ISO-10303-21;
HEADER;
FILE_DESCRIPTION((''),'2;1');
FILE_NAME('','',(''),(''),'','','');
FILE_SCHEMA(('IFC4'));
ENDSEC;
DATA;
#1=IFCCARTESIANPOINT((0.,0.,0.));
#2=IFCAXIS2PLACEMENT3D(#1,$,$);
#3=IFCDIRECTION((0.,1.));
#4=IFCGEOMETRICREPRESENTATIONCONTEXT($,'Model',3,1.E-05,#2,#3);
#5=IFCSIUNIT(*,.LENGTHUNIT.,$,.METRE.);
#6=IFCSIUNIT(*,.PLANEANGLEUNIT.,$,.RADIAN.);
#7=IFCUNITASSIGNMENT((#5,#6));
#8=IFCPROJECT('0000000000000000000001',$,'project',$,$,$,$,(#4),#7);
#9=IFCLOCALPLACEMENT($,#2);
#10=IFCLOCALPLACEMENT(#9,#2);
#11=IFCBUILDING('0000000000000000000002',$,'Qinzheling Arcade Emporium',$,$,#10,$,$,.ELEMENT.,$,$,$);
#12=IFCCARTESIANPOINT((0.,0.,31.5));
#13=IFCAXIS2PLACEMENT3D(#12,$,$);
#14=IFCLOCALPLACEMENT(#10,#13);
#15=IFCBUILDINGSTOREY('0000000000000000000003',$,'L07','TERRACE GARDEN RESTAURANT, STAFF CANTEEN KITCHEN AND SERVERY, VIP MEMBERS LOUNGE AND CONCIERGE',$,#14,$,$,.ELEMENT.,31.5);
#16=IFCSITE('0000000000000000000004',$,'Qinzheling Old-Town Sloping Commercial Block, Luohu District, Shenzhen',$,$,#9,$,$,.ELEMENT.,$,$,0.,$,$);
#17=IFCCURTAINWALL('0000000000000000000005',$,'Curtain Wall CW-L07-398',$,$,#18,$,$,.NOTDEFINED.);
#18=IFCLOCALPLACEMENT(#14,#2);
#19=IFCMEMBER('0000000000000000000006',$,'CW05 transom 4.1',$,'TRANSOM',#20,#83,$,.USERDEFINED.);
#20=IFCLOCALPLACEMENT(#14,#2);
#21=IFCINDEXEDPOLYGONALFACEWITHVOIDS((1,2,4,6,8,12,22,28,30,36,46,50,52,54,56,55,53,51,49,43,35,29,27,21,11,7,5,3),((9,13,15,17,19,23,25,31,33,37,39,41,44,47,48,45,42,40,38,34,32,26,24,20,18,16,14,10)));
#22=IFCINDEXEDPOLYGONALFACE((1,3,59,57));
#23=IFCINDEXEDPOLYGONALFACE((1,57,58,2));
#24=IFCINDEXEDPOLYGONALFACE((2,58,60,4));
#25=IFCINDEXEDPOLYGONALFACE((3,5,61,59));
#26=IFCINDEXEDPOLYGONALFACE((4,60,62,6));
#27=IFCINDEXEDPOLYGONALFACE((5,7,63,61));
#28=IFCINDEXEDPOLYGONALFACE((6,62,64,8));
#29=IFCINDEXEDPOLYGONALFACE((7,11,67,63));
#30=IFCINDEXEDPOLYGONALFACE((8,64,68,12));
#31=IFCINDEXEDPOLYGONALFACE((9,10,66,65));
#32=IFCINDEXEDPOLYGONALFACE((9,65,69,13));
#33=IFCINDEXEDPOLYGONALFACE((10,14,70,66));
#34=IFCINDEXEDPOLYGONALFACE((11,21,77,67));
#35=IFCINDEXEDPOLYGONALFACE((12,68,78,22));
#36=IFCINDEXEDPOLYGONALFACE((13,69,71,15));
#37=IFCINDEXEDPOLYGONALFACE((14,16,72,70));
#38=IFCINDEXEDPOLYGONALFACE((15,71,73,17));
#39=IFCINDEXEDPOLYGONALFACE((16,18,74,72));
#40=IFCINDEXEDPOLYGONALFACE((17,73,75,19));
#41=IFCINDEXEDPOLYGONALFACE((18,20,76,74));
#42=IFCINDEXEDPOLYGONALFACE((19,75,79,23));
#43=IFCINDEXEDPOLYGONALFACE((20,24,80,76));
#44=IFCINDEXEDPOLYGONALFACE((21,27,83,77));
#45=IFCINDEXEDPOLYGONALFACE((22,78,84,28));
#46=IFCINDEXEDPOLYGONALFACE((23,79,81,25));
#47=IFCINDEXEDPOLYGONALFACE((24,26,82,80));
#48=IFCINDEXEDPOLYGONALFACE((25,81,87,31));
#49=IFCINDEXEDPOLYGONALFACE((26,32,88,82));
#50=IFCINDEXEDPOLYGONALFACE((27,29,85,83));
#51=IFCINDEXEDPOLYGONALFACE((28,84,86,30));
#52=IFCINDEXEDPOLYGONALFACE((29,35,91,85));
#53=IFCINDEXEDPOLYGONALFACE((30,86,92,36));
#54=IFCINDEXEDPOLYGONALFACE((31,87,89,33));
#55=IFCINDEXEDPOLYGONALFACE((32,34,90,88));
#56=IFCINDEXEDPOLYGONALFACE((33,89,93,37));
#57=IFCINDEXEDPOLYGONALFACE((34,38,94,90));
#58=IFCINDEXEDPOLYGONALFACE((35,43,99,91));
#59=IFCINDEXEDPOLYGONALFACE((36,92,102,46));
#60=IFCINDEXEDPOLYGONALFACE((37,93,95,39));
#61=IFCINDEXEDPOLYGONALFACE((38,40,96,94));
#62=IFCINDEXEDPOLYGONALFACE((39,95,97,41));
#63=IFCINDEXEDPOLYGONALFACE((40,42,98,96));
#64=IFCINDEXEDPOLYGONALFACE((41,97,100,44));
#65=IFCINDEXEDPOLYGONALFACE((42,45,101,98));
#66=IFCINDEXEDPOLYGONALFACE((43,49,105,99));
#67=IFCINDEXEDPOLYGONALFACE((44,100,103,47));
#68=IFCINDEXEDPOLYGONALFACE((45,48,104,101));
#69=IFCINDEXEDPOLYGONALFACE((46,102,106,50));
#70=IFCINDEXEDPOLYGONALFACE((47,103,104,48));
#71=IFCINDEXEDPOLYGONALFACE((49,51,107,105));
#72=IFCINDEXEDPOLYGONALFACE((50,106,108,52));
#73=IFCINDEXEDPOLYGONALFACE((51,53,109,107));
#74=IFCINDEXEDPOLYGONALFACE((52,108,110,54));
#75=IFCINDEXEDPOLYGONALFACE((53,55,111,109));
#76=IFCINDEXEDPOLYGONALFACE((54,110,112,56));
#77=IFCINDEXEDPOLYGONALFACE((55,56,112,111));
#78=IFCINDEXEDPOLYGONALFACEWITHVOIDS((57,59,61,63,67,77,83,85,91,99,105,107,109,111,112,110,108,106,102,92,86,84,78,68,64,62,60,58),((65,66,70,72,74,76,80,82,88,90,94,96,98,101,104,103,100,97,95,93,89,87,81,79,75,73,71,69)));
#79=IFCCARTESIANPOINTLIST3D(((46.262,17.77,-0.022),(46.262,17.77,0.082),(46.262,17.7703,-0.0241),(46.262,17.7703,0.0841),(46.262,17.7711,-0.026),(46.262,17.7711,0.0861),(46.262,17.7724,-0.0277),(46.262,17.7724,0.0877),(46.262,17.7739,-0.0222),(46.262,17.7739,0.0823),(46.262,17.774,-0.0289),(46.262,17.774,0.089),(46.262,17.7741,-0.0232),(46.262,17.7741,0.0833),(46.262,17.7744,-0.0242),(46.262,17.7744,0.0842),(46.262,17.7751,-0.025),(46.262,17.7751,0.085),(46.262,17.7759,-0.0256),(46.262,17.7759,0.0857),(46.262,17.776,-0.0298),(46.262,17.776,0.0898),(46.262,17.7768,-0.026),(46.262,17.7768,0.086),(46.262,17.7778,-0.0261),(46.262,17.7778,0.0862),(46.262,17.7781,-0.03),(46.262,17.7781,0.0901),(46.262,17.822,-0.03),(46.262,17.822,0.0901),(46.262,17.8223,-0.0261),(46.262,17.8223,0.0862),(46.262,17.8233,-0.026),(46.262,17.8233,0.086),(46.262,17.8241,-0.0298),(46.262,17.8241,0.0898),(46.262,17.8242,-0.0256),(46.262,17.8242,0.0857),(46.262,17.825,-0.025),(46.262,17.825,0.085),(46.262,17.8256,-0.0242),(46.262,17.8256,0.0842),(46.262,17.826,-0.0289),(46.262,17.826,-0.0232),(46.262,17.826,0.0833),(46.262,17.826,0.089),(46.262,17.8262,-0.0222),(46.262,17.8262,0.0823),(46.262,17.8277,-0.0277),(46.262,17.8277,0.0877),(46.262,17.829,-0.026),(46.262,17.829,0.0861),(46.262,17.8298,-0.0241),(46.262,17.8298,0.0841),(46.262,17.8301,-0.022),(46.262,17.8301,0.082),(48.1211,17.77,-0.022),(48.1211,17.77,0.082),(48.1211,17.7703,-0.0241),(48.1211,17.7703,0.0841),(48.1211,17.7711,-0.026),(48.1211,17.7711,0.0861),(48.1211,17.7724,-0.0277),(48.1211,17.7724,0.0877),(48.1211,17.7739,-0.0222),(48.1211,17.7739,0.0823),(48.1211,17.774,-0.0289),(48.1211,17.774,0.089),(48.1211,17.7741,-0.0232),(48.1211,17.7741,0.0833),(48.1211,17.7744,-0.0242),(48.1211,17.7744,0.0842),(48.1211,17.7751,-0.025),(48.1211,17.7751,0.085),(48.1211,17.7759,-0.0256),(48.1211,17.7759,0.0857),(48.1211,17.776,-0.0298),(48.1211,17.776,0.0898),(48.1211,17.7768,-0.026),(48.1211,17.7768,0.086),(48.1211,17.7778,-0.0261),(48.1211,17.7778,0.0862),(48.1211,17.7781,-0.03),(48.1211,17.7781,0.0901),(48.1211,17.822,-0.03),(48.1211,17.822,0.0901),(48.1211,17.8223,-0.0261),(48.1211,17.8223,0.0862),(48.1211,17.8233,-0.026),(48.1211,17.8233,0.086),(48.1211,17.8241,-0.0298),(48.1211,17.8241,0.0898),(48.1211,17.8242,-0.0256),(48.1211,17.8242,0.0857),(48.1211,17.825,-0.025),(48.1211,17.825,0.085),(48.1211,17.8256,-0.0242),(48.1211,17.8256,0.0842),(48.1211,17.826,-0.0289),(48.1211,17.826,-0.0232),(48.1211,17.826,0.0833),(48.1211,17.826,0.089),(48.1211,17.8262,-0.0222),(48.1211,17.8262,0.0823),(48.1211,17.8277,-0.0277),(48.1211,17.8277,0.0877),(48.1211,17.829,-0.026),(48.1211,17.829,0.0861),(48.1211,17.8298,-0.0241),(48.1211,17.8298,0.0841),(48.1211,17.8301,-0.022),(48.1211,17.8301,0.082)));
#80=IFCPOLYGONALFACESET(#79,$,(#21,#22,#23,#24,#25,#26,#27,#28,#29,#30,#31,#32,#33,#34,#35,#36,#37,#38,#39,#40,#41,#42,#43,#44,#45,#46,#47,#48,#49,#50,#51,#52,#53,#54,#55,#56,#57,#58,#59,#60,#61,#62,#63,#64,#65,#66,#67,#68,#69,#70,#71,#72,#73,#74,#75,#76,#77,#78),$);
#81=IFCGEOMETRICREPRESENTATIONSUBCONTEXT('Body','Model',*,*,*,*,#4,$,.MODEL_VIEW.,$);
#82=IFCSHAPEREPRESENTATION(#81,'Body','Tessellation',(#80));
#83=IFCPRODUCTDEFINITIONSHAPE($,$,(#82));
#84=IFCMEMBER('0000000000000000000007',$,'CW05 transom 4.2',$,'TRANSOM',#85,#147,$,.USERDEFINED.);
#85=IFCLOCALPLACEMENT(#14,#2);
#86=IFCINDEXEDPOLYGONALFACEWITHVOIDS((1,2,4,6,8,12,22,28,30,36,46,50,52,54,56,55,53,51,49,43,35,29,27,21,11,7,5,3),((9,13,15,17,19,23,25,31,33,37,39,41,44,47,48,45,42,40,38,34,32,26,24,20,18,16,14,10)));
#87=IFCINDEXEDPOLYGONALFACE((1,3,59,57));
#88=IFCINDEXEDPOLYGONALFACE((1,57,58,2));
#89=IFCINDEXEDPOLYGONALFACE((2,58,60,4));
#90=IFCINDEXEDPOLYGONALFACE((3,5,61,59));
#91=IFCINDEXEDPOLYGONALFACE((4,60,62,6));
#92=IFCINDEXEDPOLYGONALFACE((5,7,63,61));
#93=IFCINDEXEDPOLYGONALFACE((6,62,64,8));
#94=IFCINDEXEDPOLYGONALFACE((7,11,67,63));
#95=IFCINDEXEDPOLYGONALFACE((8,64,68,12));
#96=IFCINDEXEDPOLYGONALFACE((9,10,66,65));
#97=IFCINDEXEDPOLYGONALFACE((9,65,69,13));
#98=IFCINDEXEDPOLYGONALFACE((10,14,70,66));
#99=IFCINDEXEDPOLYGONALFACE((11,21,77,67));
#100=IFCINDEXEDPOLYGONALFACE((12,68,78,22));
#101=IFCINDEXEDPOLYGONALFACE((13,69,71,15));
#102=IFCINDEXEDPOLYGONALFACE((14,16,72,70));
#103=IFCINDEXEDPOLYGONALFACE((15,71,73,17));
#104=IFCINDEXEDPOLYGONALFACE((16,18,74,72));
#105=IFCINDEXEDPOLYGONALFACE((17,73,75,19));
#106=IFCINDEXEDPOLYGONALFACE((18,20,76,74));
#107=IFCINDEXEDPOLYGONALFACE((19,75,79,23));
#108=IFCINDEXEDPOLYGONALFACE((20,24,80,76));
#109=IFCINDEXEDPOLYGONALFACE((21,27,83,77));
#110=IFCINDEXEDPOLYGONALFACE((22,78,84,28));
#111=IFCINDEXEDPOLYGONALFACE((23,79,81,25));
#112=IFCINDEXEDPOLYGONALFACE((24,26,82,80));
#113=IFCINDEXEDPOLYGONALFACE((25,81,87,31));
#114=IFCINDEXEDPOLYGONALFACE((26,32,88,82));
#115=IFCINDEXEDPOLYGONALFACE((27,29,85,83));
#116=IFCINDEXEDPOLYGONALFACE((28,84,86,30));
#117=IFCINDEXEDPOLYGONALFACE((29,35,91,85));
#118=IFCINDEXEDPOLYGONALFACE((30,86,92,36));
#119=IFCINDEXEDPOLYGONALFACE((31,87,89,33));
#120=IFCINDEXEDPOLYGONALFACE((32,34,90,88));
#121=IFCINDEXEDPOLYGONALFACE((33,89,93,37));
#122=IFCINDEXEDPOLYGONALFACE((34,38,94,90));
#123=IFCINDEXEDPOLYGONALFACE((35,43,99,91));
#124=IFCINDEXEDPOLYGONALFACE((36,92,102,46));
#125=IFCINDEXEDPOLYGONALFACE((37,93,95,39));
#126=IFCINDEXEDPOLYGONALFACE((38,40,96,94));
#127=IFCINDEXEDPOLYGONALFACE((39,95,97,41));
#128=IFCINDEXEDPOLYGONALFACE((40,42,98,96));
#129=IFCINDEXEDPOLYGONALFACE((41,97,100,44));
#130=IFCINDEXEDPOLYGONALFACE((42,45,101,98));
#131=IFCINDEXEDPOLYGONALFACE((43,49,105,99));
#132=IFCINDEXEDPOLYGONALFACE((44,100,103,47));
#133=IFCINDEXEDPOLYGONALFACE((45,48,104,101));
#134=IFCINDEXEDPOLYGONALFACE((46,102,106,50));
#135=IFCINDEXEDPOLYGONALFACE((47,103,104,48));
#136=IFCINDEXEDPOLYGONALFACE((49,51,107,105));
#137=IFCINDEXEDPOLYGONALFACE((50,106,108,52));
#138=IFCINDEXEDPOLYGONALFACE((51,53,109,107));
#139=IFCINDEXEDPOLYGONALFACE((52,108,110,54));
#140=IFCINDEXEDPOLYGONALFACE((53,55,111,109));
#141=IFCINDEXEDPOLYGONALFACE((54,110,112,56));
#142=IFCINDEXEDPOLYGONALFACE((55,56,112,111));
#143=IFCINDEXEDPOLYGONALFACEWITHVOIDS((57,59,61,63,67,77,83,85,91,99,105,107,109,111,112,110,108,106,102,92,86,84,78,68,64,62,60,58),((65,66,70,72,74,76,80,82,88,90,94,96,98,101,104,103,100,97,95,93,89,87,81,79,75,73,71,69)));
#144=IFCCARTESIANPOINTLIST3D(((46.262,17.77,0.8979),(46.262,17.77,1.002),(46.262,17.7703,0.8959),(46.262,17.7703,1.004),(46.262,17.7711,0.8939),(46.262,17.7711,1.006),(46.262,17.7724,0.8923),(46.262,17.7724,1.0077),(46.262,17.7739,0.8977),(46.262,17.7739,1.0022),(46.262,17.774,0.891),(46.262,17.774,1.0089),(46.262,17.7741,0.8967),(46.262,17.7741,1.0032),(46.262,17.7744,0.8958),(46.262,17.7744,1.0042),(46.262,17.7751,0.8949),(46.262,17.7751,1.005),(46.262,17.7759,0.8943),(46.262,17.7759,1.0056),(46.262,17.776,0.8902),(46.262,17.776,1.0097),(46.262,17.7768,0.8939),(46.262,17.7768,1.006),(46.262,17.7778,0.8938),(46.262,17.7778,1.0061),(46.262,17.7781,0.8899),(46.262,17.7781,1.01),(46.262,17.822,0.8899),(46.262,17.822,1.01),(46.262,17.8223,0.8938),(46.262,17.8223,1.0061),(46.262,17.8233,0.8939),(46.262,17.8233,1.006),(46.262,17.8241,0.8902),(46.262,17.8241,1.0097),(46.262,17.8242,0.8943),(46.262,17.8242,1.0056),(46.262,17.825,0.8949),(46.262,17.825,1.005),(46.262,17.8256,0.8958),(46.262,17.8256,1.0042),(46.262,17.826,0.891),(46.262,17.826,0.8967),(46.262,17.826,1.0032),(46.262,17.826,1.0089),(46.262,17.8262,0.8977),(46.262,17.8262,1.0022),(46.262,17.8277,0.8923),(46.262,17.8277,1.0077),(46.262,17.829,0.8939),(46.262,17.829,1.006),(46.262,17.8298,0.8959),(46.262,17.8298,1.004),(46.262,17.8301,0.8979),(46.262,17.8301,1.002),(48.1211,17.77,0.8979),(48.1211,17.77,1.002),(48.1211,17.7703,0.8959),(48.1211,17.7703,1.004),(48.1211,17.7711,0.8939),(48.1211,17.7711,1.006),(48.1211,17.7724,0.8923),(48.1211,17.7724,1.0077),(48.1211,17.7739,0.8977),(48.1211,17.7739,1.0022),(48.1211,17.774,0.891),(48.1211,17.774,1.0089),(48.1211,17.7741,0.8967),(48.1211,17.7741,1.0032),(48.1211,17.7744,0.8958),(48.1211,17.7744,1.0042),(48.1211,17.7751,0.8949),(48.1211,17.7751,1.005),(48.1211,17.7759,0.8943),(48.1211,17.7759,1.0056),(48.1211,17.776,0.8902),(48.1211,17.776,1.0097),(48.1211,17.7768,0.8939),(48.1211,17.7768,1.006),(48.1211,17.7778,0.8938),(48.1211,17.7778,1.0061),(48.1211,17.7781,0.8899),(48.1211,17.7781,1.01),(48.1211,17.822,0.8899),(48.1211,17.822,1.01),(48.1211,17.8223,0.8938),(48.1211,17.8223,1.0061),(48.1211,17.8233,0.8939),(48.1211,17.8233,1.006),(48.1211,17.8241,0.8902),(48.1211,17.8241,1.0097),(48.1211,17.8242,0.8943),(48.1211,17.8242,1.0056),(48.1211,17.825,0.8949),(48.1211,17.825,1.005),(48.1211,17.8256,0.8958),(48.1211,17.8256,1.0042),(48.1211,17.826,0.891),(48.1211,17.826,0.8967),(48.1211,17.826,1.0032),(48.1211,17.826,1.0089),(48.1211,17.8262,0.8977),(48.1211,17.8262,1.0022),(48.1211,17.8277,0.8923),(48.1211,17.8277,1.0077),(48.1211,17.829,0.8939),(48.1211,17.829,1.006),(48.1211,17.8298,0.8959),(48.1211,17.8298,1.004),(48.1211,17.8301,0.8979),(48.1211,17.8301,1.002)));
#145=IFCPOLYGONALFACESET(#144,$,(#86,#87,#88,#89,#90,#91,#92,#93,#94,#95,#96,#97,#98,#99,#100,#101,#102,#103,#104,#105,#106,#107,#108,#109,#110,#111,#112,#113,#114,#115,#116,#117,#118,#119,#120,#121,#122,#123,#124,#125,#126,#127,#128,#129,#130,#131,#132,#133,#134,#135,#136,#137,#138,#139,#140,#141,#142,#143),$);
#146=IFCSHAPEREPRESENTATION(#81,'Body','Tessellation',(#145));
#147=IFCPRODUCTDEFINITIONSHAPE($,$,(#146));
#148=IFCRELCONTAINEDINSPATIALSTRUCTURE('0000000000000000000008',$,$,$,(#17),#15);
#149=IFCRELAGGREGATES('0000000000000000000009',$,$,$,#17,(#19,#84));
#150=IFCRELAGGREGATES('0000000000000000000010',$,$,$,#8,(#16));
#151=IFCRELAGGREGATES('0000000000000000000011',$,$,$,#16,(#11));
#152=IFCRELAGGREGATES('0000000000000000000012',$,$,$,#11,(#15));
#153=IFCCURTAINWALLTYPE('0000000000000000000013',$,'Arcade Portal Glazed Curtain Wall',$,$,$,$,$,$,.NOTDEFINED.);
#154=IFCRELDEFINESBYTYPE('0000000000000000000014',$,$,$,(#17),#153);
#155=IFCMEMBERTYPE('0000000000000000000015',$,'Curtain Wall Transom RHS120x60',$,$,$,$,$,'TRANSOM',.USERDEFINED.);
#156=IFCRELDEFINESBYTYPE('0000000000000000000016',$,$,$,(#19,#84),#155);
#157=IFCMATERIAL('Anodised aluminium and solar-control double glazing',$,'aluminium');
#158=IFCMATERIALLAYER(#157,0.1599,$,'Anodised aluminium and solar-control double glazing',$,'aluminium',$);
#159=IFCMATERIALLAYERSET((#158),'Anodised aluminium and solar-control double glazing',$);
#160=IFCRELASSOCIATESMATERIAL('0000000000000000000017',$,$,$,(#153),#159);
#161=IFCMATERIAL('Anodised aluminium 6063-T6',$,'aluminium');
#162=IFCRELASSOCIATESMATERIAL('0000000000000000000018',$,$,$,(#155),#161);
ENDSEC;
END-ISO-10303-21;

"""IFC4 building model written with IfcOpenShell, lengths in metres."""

from ifc_helpers import new_model, si_unit, direction, frame, origin, origin_2d, place, context, subcontext, project, spatial, hollow_rectangle, extrude, material, layer, layer_set, material_profile, profile_set, type_object, element, aggregate, save


model = new_model("IFC4")

# Units and contexts
model_context = context("Model", 3, precision=1e-05, world=origin(), true_north=direction((0.0, 1.0)))
body_context = subcontext(model_context, "Body", "Model", "MODEL_VIEW")
ifc_project = project(units=[si_unit("LENGTHUNIT", "METRE"), si_unit("PLANEANGLEUNIT", "RADIAN")], contexts=[model_context])

# Site, building, storey
site_placement = place(None, origin())
site = spatial("IfcSite", under=ifc_project, at=site_placement, Name="Qinzheling Old-Town Sloping Commercial Block, Luohu District, Shenzhen", CompositionType="ELEMENT", RefElevation=0.0)
building_placement = place(site_placement, origin())
building = spatial("IfcBuilding", under=site, at=building_placement, Name="Qinzheling Arcade Emporium", CompositionType="ELEMENT")
storey_placement = place(building_placement, frame((0.0, 0.0, 31.5)))
storey = spatial("IfcBuildingStorey", under=building, at=storey_placement, Name="L07", Description="TERRACE GARDEN RESTAURANT, STAFF CANTEEN KITCHEN AND SERVERY, VIP MEMBERS LOUNGE AND CONCIERGE", CompositionType="ELEMENT", Elevation=31.5)

# Curtain wall
ifc_material_1 = material(Name="Anodised aluminium and solar-control double glazing", Category="aluminium")
ifc_layer_1 = layer(ifc_material_1, 0.1599, Name="Anodised aluminium and solar-control double glazing", Category="aluminium")
ifc_layer_set_1 = layer_set([ifc_layer_1], Name="Anodised aluminium and solar-control double glazing")
curtain_wall_type = type_object("IfcCurtainWallType", Name="Arcade Portal Glazed Curtain Wall", PredefinedType="NOTDEFINED", material=ifc_layer_set_1)
curtain_wall_1_placement = place(storey_placement, origin())
curtain_wall_1 = element("IfcCurtainWall", 1, at=curtain_wall_1_placement, inside=storey, type_object=curtain_wall_type, Name="Curtain Wall CW-L07-398", PredefinedType="NOTDEFINED")
ifc_material_2 = material(Name="Anodised aluminium 6063-T6", Category="aluminium")

# Members
ifc_material_profile_1 = material_profile(ifc_material_2, hollow_rectangle(XDim=0.0601, YDim=0.1201, WallThickness=0.0039, InnerFilletRadius=0.0039, OuterFilletRadius=0.0081, at=origin_2d()), Name="RHS 120x60x4", Category="aluminium")
ifc_profile_set_1 = profile_set([ifc_material_profile_1], Name="Anodised aluminium 6063-T6")
member_type_1 = type_object("IfcMemberType", Name="Curtain Wall Transom RHS120x60", ElementType="TRANSOM", PredefinedType="USERDEFINED", material=ifc_profile_set_1)
member_1_placement = place(storey_placement, frame((48.1211, 17.8, 0.03), z_axis=(-1.0, 0.0, 0.0), x_axis=(0.0, -1.0, 0.0)))
member_1 = element("IfcMember", 2, at=member_1_placement, type_object=member_type_1, Name="CW05 transom 4.1", ObjectType="TRANSOM", PredefinedType="USERDEFINED", context=body_context, shape_type="SweptSolid", body=[
    extrude(hollow_rectangle(XDim=0.0601, YDim=0.1201, WallThickness=0.0039, InnerFilletRadius=0.0039, OuterFilletRadius=0.0081, at=origin_2d()), origin(), (0.0, 0.0, 1.0), 1.8591),
])
member_2_placement = place(storey_placement, frame((48.1211, 17.8, 0.95), z_axis=(-1.0, 0.0, 0.0), x_axis=(0.0, -1.0, 0.0)))
member_2 = element("IfcMember", 3, at=member_2_placement, type_object=member_type_1, Name="CW05 transom 4.2", ObjectType="TRANSOM", PredefinedType="USERDEFINED", context=body_context, shape_type="SweptSolid", body=[
    extrude(hollow_rectangle(XDim=0.0601, YDim=0.1201, WallThickness=0.0039, InnerFilletRadius=0.0039, OuterFilletRadius=0.0081, at=origin_2d()), origin(), (0.0, 0.0, 1.0), 1.8591),
])

aggregate(curtain_wall_1, [member_1, member_2])

save(model, "model.ifc")
